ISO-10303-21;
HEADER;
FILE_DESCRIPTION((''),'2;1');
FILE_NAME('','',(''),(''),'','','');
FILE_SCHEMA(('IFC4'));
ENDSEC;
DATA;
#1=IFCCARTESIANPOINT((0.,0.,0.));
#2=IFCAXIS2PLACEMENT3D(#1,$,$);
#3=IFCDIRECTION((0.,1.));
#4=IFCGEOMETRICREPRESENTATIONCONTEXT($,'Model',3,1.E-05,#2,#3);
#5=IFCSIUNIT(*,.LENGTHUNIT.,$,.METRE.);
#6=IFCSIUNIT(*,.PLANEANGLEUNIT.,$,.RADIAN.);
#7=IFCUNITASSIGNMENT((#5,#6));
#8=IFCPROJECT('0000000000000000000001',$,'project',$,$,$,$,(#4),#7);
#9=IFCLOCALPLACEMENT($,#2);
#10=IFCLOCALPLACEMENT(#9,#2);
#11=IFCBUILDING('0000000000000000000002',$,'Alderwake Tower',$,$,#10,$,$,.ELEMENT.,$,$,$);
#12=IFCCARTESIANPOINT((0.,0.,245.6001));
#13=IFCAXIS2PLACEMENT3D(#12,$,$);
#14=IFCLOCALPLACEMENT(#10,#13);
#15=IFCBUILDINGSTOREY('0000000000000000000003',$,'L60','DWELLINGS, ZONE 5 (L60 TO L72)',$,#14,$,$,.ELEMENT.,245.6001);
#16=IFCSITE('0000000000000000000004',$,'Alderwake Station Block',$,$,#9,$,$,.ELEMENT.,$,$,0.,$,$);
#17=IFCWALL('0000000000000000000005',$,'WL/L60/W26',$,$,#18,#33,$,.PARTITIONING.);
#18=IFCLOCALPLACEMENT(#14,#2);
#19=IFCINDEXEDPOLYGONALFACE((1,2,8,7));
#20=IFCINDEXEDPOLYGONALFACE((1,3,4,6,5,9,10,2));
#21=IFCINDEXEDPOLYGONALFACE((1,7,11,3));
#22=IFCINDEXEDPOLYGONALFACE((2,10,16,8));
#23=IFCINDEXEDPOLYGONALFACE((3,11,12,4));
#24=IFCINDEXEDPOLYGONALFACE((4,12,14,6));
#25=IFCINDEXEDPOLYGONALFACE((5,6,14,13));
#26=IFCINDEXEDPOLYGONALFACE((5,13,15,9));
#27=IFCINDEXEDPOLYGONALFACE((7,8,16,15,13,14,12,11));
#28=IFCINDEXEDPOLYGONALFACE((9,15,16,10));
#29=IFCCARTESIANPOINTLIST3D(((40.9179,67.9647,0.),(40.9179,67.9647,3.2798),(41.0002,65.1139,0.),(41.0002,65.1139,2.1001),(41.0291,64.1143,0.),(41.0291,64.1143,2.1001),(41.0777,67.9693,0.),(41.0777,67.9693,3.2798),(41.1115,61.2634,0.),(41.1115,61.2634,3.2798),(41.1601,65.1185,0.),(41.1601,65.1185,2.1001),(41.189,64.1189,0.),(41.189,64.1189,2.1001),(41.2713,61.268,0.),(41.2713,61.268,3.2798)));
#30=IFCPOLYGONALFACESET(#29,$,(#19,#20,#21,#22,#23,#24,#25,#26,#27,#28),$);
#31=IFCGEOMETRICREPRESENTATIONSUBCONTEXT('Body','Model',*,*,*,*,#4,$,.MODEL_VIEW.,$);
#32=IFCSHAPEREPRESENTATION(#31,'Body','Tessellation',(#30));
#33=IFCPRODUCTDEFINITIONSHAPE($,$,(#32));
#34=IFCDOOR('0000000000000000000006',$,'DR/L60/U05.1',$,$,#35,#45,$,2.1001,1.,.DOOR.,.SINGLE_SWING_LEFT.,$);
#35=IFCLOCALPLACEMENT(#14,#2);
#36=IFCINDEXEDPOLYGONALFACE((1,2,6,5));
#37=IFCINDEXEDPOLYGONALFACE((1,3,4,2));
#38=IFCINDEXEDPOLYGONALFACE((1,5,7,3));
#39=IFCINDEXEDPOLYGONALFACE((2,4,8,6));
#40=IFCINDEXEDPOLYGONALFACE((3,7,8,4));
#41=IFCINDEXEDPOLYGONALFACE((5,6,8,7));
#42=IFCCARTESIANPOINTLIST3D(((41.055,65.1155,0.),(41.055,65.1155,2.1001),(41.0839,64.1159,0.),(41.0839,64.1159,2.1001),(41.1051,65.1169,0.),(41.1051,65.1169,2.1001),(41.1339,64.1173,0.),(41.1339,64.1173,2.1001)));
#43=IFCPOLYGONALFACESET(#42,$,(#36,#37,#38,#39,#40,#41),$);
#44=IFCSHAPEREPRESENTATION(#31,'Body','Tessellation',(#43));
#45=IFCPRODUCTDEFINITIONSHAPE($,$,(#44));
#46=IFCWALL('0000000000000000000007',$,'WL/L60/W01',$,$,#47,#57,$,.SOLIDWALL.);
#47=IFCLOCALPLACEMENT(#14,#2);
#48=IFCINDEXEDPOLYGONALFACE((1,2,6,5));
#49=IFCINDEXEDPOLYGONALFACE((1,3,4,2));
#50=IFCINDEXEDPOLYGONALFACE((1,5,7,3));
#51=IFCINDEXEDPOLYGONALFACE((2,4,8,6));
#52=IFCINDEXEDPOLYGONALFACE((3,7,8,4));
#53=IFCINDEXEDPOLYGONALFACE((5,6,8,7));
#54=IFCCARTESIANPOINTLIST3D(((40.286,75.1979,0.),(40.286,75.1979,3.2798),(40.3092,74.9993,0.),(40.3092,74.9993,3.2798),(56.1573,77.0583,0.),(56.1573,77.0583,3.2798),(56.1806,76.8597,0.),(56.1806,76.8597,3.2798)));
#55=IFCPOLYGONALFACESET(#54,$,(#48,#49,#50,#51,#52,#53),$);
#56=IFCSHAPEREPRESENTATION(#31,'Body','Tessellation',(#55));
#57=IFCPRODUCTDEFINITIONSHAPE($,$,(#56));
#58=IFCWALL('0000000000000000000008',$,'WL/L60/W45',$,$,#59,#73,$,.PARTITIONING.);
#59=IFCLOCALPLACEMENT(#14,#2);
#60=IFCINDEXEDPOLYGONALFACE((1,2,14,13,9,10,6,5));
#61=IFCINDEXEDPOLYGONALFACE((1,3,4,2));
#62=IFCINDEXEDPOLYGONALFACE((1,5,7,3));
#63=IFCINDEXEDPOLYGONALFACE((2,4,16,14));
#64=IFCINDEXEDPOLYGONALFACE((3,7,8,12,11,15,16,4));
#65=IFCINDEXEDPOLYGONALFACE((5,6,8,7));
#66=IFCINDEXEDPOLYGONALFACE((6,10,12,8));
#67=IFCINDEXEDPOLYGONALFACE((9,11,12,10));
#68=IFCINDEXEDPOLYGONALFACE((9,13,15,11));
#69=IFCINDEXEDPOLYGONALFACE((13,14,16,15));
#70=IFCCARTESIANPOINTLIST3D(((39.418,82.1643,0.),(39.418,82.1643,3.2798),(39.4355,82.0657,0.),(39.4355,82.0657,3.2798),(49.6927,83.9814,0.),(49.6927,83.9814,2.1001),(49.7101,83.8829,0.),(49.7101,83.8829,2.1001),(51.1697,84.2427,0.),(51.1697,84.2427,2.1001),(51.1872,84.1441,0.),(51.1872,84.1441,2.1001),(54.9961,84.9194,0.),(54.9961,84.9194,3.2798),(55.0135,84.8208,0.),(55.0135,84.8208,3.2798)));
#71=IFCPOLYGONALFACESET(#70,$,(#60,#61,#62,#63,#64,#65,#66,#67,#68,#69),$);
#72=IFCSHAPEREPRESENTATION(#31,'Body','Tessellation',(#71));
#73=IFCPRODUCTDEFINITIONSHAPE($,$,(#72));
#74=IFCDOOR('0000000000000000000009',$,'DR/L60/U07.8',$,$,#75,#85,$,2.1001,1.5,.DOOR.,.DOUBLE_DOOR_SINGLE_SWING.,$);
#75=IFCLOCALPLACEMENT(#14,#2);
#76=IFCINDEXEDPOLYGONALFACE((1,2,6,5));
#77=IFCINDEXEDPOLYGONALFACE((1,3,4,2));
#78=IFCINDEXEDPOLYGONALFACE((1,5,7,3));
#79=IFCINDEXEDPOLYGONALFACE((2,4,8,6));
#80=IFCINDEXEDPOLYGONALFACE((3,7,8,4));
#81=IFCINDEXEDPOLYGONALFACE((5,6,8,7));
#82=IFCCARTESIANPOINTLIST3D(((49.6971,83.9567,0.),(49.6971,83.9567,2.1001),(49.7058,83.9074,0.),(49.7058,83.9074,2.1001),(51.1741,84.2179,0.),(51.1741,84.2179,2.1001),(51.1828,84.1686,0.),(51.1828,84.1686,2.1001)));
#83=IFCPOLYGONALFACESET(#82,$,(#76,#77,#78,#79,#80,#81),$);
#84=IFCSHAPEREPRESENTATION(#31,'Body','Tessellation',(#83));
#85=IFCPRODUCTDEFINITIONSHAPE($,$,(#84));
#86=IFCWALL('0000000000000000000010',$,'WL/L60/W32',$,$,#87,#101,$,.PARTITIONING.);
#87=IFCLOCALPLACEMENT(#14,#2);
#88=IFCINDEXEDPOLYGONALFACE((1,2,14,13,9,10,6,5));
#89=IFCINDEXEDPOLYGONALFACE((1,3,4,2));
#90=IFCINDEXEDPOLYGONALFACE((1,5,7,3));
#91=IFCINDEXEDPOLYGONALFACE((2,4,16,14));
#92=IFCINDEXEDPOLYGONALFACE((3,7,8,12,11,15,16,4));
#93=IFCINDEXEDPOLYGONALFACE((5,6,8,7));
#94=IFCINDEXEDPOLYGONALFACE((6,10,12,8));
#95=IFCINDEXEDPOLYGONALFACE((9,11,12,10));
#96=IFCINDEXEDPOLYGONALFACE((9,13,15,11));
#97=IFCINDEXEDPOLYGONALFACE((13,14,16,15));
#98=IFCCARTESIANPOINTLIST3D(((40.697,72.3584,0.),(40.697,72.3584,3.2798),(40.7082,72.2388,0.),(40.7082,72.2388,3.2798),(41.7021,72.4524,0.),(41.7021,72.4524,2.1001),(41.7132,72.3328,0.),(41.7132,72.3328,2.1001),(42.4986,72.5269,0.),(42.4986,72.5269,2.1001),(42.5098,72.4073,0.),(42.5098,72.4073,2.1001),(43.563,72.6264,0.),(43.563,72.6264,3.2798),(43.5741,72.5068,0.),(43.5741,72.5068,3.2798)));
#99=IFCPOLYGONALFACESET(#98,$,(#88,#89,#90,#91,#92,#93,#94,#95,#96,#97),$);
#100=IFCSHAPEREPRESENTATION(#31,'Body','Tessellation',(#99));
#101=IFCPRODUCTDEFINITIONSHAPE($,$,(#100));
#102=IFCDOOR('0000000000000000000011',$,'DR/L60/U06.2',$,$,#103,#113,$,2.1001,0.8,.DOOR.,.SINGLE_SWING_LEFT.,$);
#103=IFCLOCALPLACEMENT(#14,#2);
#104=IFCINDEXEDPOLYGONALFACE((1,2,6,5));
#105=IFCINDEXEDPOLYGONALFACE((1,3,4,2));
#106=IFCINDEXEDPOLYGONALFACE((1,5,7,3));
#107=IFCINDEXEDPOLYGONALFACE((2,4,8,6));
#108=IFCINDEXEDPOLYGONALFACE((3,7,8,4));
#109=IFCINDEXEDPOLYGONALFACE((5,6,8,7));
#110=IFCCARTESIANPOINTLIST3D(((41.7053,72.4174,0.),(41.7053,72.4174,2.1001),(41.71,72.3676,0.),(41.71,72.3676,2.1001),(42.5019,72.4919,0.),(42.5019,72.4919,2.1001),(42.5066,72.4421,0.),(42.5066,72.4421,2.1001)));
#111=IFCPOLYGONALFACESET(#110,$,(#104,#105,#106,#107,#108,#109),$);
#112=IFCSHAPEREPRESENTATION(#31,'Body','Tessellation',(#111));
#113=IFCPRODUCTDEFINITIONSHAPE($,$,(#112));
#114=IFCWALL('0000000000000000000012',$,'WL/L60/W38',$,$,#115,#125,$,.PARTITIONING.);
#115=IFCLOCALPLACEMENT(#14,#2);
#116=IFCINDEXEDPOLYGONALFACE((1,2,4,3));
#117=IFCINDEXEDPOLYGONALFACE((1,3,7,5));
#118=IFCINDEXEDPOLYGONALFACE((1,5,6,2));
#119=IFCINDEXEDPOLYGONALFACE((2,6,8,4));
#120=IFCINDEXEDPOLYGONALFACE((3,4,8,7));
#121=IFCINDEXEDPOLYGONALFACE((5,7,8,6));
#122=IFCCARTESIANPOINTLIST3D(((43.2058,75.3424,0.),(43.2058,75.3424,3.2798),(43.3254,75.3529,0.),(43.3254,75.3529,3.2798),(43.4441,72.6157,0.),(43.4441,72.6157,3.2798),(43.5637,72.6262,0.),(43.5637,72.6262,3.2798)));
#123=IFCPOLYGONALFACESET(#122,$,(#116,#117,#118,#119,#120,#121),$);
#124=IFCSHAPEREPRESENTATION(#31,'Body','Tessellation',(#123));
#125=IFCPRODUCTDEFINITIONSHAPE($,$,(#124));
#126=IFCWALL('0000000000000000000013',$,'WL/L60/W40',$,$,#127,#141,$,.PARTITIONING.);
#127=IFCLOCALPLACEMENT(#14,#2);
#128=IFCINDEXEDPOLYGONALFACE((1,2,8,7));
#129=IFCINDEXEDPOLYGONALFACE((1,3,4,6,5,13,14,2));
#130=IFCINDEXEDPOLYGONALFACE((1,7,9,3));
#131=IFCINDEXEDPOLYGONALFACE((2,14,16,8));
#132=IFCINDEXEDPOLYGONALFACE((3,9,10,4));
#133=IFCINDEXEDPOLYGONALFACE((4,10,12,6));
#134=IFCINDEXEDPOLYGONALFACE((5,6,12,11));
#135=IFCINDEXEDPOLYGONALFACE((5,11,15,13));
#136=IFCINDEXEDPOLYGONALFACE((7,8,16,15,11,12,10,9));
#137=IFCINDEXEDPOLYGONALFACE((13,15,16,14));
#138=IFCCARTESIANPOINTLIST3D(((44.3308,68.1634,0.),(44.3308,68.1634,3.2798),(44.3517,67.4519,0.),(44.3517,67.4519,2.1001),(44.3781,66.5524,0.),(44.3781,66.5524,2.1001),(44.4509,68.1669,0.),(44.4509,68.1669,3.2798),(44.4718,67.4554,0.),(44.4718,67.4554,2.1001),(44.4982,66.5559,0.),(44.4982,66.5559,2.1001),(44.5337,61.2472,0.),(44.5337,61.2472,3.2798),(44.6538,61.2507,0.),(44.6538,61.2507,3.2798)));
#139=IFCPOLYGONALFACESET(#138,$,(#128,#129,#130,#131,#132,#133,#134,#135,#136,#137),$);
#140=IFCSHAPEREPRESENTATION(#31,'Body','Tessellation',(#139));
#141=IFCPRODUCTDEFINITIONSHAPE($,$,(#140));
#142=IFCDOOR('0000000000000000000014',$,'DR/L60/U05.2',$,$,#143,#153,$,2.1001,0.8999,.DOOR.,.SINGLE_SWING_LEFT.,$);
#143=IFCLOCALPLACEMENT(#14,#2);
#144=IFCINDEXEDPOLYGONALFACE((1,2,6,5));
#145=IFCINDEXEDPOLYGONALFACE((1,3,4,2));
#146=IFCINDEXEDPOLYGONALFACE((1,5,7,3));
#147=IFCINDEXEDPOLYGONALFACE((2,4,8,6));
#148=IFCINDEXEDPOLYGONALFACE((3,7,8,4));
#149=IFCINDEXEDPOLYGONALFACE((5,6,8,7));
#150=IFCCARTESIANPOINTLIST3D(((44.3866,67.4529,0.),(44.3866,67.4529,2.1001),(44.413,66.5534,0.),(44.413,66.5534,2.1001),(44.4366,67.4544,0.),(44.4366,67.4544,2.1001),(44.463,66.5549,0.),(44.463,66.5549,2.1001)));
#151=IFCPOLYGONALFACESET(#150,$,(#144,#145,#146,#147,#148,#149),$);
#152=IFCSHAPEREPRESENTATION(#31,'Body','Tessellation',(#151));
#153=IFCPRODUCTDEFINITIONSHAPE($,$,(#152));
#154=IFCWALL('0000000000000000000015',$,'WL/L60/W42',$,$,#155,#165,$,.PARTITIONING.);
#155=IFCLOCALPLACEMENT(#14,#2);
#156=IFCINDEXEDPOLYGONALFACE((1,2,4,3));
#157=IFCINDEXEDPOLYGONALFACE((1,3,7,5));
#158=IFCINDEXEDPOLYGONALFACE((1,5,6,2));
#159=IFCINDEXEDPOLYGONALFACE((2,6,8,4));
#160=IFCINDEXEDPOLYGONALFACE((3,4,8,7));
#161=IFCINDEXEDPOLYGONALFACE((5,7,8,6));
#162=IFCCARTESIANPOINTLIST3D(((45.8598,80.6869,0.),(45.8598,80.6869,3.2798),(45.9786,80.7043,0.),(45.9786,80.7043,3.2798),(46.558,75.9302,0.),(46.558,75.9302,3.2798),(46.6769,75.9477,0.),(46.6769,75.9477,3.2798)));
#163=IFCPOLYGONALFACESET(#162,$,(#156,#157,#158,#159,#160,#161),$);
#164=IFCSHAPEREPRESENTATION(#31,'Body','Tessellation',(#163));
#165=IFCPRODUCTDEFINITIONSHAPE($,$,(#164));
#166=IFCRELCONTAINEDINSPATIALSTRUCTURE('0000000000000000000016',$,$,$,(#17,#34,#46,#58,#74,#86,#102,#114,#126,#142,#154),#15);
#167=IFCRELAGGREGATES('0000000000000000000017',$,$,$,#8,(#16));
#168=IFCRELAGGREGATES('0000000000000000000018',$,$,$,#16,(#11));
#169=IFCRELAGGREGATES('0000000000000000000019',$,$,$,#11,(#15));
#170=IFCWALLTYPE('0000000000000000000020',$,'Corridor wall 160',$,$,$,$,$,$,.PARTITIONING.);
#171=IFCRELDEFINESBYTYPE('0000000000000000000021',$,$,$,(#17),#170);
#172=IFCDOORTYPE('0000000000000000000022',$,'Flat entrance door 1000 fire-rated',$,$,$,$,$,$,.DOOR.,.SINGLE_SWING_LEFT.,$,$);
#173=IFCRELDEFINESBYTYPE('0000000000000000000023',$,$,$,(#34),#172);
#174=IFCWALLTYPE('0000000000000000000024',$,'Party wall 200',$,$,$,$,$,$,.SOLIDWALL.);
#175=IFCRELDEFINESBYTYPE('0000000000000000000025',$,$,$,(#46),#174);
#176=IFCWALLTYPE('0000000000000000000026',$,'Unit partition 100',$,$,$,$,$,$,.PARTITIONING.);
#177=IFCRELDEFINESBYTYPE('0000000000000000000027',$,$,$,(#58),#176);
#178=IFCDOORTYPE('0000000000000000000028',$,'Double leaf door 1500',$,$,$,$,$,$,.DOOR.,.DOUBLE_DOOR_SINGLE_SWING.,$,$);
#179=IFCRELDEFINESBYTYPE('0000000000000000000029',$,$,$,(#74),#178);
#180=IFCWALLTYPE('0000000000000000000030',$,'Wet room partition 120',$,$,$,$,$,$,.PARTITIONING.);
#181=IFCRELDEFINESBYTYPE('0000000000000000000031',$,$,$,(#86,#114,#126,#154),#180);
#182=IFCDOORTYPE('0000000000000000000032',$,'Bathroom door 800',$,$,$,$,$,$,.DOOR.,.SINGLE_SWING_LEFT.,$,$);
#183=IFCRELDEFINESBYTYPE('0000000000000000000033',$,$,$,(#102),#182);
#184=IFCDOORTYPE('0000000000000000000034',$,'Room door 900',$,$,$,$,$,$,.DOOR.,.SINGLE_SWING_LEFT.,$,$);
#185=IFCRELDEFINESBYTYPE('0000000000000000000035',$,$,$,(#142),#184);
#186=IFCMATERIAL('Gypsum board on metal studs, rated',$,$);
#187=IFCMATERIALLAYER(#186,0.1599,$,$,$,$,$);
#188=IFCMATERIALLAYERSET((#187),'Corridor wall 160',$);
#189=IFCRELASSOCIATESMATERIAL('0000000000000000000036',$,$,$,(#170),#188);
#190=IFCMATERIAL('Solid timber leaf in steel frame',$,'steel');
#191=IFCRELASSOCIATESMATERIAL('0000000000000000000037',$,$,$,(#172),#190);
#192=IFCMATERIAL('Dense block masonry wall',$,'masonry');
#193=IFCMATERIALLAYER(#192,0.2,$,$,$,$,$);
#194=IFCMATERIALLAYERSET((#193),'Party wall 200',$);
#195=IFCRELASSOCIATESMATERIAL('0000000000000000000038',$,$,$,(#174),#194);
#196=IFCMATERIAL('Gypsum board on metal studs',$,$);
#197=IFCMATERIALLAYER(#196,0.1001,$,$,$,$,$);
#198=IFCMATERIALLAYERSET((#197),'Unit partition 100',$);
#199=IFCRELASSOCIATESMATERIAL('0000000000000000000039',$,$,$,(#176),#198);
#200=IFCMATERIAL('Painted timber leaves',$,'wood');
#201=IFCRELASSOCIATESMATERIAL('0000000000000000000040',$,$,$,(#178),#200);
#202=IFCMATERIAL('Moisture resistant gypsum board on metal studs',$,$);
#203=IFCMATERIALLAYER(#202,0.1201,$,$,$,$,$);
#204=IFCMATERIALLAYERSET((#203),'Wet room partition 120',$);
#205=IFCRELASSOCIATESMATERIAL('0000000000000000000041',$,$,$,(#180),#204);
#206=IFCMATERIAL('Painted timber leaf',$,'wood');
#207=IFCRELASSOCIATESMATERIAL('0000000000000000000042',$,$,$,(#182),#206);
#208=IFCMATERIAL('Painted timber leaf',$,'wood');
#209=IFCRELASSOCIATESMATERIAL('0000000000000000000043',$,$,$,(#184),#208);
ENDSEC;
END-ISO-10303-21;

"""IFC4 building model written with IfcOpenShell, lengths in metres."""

from ifc_helpers import new_model, si_unit, direction, frame, frame_2d, origin, place, context, subcontext, project, spatial, rectangle, extrude, material, layer, layer_set, type_object, element, fill, save


model = new_model("IFC4")

# Units and contexts
model_context = context("Model", 3, precision=1e-05, world=origin(), true_north=direction((0.0, 1.0)))
body_context = subcontext(model_context, "Body", "Model", "MODEL_VIEW")
ifc_project = project(units=[si_unit("LENGTHUNIT", "METRE"), si_unit("PLANEANGLEUNIT", "RADIAN")], contexts=[model_context])

# Site, building, storey
site_placement = place(None, origin())
site = spatial("IfcSite", under=ifc_project, at=site_placement, Name="Alderwake Station Block", CompositionType="ELEMENT", RefElevation=0.0)
building_placement = place(site_placement, origin())
building = spatial("IfcBuilding", under=site, at=building_placement, Name="Alderwake Tower", CompositionType="ELEMENT")
storey_placement = place(building_placement, frame((0.0, 0.0, 245.6001)))
storey = spatial("IfcBuildingStorey", under=building, at=storey_placement, Name="L60", Description="DWELLINGS, ZONE 5 (L60 TO L72)", CompositionType="ELEMENT", Elevation=245.6001)

# Shared definitions
ifc_material_1 = material(Name="Gypsum board on metal studs, rated")
ifc_layer_1 = layer(ifc_material_1, 0.1599)
ifc_layer_set_1 = layer_set([ifc_layer_1], Name="Corridor wall 160")
wall_type_1 = type_object("IfcWallType", Name="Corridor wall 160", PredefinedType="PARTITIONING", material=ifc_layer_set_1)

# Wall, opening, door
ifc_material_2 = material(Name="Solid timber leaf in steel frame", Category="steel")
door_type_1 = type_object("IfcDoorType", Name="Flat entrance door 1000 fire-rated", OperationType="SINGLE_SWING_LEFT", PredefinedType="DOOR", material=ifc_material_2)
wall_1_placement = place(storey_placement, frame((40.9978, 67.967, 0.0), z_axis=(0.0, 0.0, 1.0), x_axis=(0.028878, -0.999583, 0.0)))
wall_1 = element("IfcWall", 1, at=wall_1_placement, inside=storey, type_object=wall_type_1, Name="WL/L60/W26", PredefinedType="PARTITIONING", context=body_context, shape_type="SweptSolid", body=[
    extrude(rectangle(XDim=6.7041, YDim=0.1599, at=frame_2d((3.3521, 0.0))), origin(), (0.0, 0.0, 1.0), 3.2798),
])
opening_1_placement = place(wall_1_placement, frame((2.8521, 0.0, 0.0)))
opening_1 = element("IfcOpeningElement", 2, at=opening_1_placement, cuts=wall_1, PredefinedType="OPENING", context=body_context, shape_type="SweptSolid", body=[
    extrude(rectangle(XDim=1.0, YDim=2.1001, at=frame_2d((0.5, 1.05))), frame((0.0, 0.0898, 0.0), z_axis=(0.0, -1.0, 0.0), x_axis=(1.0, 0.0, 0.0)), (0.0, 0.0, 1.0), 0.1799),
])
door_1_placement = place(opening_1_placement, origin())
door_1 = element("IfcDoor", 3, at=door_1_placement, inside=storey, type_object=door_type_1, Name="DR/L60/U05.1", OperationType="SINGLE_SWING_LEFT", OverallHeight=2.1001, OverallWidth=1.0, PredefinedType="DOOR", context=body_context, shape_type="SweptSolid", body=[
    extrude(rectangle(XDim=1.0, YDim=2.1001, at=frame_2d((0.5, 1.05))), frame((0.0, 0.0249, 0.0), z_axis=(0.0, -1.0, 0.0), x_axis=(1.0, 0.0, 0.0)), (0.0, 0.0, 1.0), 0.05),
])
fill(opening_1, door_1)

# Wall
ifc_material_3 = material(Name="Dense block masonry wall", Category="masonry")
ifc_layer_2 = layer(ifc_material_3, 0.2)
ifc_layer_set_2 = layer_set([ifc_layer_2], Name="Party wall 200")
wall_type_2 = type_object("IfcWallType", Name="Party wall 200", PredefinedType="SOLIDWALL", material=ifc_layer_set_2)
wall_2_placement = place(storey_placement, frame((40.2976, 75.0986, 0.0), z_axis=(0.0, 0.0, 1.0), x_axis=(0.9932, 0.116418, 0.0)))
element("IfcWall", 4, at=wall_2_placement, inside=storey, type_object=wall_type_2, Name="WL/L60/W01", PredefinedType="SOLIDWALL", context=body_context, shape_type="SweptSolid", body=[
    extrude(rectangle(XDim=15.98, YDim=0.2, at=frame_2d((7.99, 0.0))), origin(), (0.0, 0.0, 1.0), 3.2798),
])

# Walls, openings, doors
ifc_material_4 = material(Name="Gypsum board on metal studs")
ifc_layer_3 = layer(ifc_material_4, 0.1001)
ifc_layer_set_3 = layer_set([ifc_layer_3], Name="Unit partition 100")
wall_type_3 = type_object("IfcWallType", Name="Unit partition 100", PredefinedType="PARTITIONING", material=ifc_layer_set_3)
wall_3_placement = place(storey_placement, frame((39.4268, 82.115, 0.0), z_axis=(0.0, 0.0, 1.0), x_axis=(0.984718, 0.174156, 0.0)))
wall_3 = element("IfcWall", 5, at=wall_3_placement, inside=storey, type_object=wall_type_3, Name="WL/L60/W45", PredefinedType="PARTITIONING", context=body_context, shape_type="SweptSolid", body=[
    extrude(rectangle(XDim=15.8198, YDim=0.1001, at=frame_2d((7.9099, 0.0))), origin(), (0.0, 0.0, 1.0), 3.2798),
])
opening_2_placement = place(wall_3_placement, frame((10.4341, 0.0, 0.0)))
opening_2 = element("IfcOpeningElement", 6, at=opening_2_placement, cuts=wall_3, PredefinedType="OPENING", context=body_context, shape_type="SweptSolid", body=[
    extrude(rectangle(XDim=1.5, YDim=2.1001, at=frame_2d((0.75, 1.05))), frame((0.0, 0.0601, 0.0), z_axis=(0.0, -1.0, 0.0), x_axis=(1.0, 0.0, 0.0)), (0.0, 0.0, 1.0), 0.1201),
])
ifc_material_5 = material(Name="Painted timber leaves", Category="wood")
door_type_2 = type_object("IfcDoorType", Name="Double leaf door 1500", OperationType="DOUBLE_DOOR_SINGLE_SWING", PredefinedType="DOOR", material=ifc_material_5)
door_2_placement = place(opening_2_placement, origin())
door_2 = element("IfcDoor", 7, at=door_2_placement, inside=storey, type_object=door_type_2, Name="DR/L60/U07.8", OperationType="DOUBLE_DOOR_SINGLE_SWING", OverallHeight=2.1001, OverallWidth=1.5, PredefinedType="DOOR", context=body_context, shape_type="SweptSolid", body=[
    extrude(rectangle(XDim=1.5, YDim=2.1001, at=frame_2d((0.75, 1.05))), frame((0.0, 0.0249, 0.0), z_axis=(0.0, -1.0, 0.0), x_axis=(1.0, 0.0, 0.0)), (0.0, 0.0, 1.0), 0.05),
])
fill(opening_2, door_2)
ifc_material_6 = material(Name="Moisture resistant gypsum board on metal studs")
ifc_layer_4 = layer(ifc_material_6, 0.1201)
ifc_layer_set_4 = layer_set([ifc_layer_4], Name="Wet room partition 120")
wall_type_4 = type_object("IfcWallType", Name="Wet room partition 120", PredefinedType="PARTITIONING", material=ifc_layer_set_4)
wall_4_placement = place(storey_placement, frame((40.7026, 72.2986, 0.0), z_axis=(0.0, 0.0, 1.0), x_axis=(0.995654, 0.093128, 0.0)))
wall_4 = element("IfcWall", 8, at=wall_4_placement, inside=storey, type_object=wall_type_4, Name="WL/L60/W32", PredefinedType="PARTITIONING", context=body_context, shape_type="SweptSolid", body=[
    extrude(rectangle(XDim=2.8784, YDim=0.1201, at=frame_2d((1.4392, 0.0))), origin(), (0.0, 0.0, 1.0), 3.2798),
])
opening_3_placement = place(wall_4_placement, frame((1.0095, 0.0, 0.0)))
opening_3 = element("IfcOpeningElement", 9, at=opening_3_placement, cuts=wall_4, PredefinedType="OPENING", context=body_context, shape_type="SweptSolid", body=[
    extrude(rectangle(XDim=0.8, YDim=2.1001, at=frame_2d((0.3999, 1.05))), frame((0.0, 0.0701, 0.0), z_axis=(0.0, -1.0, 0.0), x_axis=(1.0, 0.0, 0.0)), (0.0, 0.0, 1.0), 0.1401),
])
ifc_material_7 = material(Name="Painted timber leaf", Category="wood")
door_type_3 = type_object("IfcDoorType", Name="Bathroom door 800", OperationType="SINGLE_SWING_LEFT", PredefinedType="DOOR", material=ifc_material_7)
door_3_placement = place(opening_3_placement, origin())
door_3 = element("IfcDoor", 10, at=door_3_placement, inside=storey, type_object=door_type_3, Name="DR/L60/U06.2", OperationType="SINGLE_SWING_LEFT", OverallHeight=2.1001, OverallWidth=0.8, PredefinedType="DOOR", context=body_context, shape_type="SweptSolid", body=[
    extrude(rectangle(XDim=0.8, YDim=2.1001, at=frame_2d((0.3999, 1.05))), frame((0.0, 0.0249, 0.0), z_axis=(0.0, -1.0, 0.0), x_axis=(1.0, 0.0, 0.0)), (0.0, 0.0, 1.0), 0.05),
])
fill(opening_3, door_3)

# Wall
wall_5_placement = place(storey_placement, frame((43.5039, 72.6208, 0.0), z_axis=(0.0, 0.0, 1.0), x_axis=(-0.087061, 0.996203, 0.0)))
element("IfcWall", 11, at=wall_5_placement, inside=storey, type_object=wall_type_4, Name="WL/L60/W38", PredefinedType="PARTITIONING", context=body_context, shape_type="SweptSolid", body=[
    extrude(rectangle(XDim=2.7371, YDim=0.1201, at=frame_2d((1.3687, 0.0))), origin(), (0.0, 0.0, 1.0), 3.2798),
])

# Wall, opening, door
wall_6_placement = place(storey_placement, frame((44.3909, 68.165, 0.0), z_axis=(0.0, 0.0, 1.0), x_axis=(0.029321, -0.99957, 0.0)))
wall_6 = element("IfcWall", 12, at=wall_6_placement, inside=storey, type_object=wall_type_4, Name="WL/L60/W40", PredefinedType="PARTITIONING", context=body_context, shape_type="SweptSolid", body=[
    extrude(rectangle(XDim=6.9192, YDim=0.1201, at=frame_2d((3.4595, 0.0))), origin(), (0.0, 0.0, 1.0), 3.2798),
])
opening_4_placement = place(wall_6_placement, frame((0.7117, 0.0, 0.0)))
opening_4 = element("IfcOpeningElement", 13, at=opening_4_placement, cuts=wall_6, PredefinedType="OPENING", context=body_context, shape_type="SweptSolid", body=[
    extrude(rectangle(XDim=0.8999, YDim=2.1001, at=frame_2d((0.45, 1.05))), frame((0.0, 0.0701, 0.0), z_axis=(0.0, -1.0, 0.0), x_axis=(1.0, 0.0, 0.0)), (0.0, 0.0, 1.0), 0.1401),
])
ifc_material_8 = material(Name="Painted timber leaf", Category="wood")
door_type_4 = type_object("IfcDoorType", Name="Room door 900", OperationType="SINGLE_SWING_LEFT", PredefinedType="DOOR", material=ifc_material_8)
door_4_placement = place(opening_4_placement, origin())
door_4 = element("IfcDoor", 14, at=door_4_placement, inside=storey, type_object=door_type_4, Name="DR/L60/U05.2", OperationType="SINGLE_SWING_LEFT", OverallHeight=2.1001, OverallWidth=0.8999, PredefinedType="DOOR", context=body_context, shape_type="SweptSolid", body=[
    extrude(rectangle(XDim=0.8999, YDim=2.1001, at=frame_2d((0.45, 1.05))), frame((0.0, 0.0249, 0.0), z_axis=(0.0, -1.0, 0.0), x_axis=(1.0, 0.0, 0.0)), (0.0, 0.0, 1.0), 0.05),
])
fill(opening_4, door_4)

# Wall
wall_7_placement = place(storey_placement, frame((46.6174, 75.939, 0.0), z_axis=(0.0, 0.0, 1.0), x_axis=(-0.145238, 0.989397, 0.0)))
element("IfcWall", 15, at=wall_7_placement, inside=storey, type_object=wall_type_4, Name="WL/L60/W42", PredefinedType="PARTITIONING", context=body_context, shape_type="SweptSolid", body=[
    extrude(rectangle(XDim=4.8076, YDim=0.1201, at=frame_2d((2.4038, 0.0))), origin(), (0.0, 0.0, 1.0), 3.2798),
])

save(model, "model.ifc")
